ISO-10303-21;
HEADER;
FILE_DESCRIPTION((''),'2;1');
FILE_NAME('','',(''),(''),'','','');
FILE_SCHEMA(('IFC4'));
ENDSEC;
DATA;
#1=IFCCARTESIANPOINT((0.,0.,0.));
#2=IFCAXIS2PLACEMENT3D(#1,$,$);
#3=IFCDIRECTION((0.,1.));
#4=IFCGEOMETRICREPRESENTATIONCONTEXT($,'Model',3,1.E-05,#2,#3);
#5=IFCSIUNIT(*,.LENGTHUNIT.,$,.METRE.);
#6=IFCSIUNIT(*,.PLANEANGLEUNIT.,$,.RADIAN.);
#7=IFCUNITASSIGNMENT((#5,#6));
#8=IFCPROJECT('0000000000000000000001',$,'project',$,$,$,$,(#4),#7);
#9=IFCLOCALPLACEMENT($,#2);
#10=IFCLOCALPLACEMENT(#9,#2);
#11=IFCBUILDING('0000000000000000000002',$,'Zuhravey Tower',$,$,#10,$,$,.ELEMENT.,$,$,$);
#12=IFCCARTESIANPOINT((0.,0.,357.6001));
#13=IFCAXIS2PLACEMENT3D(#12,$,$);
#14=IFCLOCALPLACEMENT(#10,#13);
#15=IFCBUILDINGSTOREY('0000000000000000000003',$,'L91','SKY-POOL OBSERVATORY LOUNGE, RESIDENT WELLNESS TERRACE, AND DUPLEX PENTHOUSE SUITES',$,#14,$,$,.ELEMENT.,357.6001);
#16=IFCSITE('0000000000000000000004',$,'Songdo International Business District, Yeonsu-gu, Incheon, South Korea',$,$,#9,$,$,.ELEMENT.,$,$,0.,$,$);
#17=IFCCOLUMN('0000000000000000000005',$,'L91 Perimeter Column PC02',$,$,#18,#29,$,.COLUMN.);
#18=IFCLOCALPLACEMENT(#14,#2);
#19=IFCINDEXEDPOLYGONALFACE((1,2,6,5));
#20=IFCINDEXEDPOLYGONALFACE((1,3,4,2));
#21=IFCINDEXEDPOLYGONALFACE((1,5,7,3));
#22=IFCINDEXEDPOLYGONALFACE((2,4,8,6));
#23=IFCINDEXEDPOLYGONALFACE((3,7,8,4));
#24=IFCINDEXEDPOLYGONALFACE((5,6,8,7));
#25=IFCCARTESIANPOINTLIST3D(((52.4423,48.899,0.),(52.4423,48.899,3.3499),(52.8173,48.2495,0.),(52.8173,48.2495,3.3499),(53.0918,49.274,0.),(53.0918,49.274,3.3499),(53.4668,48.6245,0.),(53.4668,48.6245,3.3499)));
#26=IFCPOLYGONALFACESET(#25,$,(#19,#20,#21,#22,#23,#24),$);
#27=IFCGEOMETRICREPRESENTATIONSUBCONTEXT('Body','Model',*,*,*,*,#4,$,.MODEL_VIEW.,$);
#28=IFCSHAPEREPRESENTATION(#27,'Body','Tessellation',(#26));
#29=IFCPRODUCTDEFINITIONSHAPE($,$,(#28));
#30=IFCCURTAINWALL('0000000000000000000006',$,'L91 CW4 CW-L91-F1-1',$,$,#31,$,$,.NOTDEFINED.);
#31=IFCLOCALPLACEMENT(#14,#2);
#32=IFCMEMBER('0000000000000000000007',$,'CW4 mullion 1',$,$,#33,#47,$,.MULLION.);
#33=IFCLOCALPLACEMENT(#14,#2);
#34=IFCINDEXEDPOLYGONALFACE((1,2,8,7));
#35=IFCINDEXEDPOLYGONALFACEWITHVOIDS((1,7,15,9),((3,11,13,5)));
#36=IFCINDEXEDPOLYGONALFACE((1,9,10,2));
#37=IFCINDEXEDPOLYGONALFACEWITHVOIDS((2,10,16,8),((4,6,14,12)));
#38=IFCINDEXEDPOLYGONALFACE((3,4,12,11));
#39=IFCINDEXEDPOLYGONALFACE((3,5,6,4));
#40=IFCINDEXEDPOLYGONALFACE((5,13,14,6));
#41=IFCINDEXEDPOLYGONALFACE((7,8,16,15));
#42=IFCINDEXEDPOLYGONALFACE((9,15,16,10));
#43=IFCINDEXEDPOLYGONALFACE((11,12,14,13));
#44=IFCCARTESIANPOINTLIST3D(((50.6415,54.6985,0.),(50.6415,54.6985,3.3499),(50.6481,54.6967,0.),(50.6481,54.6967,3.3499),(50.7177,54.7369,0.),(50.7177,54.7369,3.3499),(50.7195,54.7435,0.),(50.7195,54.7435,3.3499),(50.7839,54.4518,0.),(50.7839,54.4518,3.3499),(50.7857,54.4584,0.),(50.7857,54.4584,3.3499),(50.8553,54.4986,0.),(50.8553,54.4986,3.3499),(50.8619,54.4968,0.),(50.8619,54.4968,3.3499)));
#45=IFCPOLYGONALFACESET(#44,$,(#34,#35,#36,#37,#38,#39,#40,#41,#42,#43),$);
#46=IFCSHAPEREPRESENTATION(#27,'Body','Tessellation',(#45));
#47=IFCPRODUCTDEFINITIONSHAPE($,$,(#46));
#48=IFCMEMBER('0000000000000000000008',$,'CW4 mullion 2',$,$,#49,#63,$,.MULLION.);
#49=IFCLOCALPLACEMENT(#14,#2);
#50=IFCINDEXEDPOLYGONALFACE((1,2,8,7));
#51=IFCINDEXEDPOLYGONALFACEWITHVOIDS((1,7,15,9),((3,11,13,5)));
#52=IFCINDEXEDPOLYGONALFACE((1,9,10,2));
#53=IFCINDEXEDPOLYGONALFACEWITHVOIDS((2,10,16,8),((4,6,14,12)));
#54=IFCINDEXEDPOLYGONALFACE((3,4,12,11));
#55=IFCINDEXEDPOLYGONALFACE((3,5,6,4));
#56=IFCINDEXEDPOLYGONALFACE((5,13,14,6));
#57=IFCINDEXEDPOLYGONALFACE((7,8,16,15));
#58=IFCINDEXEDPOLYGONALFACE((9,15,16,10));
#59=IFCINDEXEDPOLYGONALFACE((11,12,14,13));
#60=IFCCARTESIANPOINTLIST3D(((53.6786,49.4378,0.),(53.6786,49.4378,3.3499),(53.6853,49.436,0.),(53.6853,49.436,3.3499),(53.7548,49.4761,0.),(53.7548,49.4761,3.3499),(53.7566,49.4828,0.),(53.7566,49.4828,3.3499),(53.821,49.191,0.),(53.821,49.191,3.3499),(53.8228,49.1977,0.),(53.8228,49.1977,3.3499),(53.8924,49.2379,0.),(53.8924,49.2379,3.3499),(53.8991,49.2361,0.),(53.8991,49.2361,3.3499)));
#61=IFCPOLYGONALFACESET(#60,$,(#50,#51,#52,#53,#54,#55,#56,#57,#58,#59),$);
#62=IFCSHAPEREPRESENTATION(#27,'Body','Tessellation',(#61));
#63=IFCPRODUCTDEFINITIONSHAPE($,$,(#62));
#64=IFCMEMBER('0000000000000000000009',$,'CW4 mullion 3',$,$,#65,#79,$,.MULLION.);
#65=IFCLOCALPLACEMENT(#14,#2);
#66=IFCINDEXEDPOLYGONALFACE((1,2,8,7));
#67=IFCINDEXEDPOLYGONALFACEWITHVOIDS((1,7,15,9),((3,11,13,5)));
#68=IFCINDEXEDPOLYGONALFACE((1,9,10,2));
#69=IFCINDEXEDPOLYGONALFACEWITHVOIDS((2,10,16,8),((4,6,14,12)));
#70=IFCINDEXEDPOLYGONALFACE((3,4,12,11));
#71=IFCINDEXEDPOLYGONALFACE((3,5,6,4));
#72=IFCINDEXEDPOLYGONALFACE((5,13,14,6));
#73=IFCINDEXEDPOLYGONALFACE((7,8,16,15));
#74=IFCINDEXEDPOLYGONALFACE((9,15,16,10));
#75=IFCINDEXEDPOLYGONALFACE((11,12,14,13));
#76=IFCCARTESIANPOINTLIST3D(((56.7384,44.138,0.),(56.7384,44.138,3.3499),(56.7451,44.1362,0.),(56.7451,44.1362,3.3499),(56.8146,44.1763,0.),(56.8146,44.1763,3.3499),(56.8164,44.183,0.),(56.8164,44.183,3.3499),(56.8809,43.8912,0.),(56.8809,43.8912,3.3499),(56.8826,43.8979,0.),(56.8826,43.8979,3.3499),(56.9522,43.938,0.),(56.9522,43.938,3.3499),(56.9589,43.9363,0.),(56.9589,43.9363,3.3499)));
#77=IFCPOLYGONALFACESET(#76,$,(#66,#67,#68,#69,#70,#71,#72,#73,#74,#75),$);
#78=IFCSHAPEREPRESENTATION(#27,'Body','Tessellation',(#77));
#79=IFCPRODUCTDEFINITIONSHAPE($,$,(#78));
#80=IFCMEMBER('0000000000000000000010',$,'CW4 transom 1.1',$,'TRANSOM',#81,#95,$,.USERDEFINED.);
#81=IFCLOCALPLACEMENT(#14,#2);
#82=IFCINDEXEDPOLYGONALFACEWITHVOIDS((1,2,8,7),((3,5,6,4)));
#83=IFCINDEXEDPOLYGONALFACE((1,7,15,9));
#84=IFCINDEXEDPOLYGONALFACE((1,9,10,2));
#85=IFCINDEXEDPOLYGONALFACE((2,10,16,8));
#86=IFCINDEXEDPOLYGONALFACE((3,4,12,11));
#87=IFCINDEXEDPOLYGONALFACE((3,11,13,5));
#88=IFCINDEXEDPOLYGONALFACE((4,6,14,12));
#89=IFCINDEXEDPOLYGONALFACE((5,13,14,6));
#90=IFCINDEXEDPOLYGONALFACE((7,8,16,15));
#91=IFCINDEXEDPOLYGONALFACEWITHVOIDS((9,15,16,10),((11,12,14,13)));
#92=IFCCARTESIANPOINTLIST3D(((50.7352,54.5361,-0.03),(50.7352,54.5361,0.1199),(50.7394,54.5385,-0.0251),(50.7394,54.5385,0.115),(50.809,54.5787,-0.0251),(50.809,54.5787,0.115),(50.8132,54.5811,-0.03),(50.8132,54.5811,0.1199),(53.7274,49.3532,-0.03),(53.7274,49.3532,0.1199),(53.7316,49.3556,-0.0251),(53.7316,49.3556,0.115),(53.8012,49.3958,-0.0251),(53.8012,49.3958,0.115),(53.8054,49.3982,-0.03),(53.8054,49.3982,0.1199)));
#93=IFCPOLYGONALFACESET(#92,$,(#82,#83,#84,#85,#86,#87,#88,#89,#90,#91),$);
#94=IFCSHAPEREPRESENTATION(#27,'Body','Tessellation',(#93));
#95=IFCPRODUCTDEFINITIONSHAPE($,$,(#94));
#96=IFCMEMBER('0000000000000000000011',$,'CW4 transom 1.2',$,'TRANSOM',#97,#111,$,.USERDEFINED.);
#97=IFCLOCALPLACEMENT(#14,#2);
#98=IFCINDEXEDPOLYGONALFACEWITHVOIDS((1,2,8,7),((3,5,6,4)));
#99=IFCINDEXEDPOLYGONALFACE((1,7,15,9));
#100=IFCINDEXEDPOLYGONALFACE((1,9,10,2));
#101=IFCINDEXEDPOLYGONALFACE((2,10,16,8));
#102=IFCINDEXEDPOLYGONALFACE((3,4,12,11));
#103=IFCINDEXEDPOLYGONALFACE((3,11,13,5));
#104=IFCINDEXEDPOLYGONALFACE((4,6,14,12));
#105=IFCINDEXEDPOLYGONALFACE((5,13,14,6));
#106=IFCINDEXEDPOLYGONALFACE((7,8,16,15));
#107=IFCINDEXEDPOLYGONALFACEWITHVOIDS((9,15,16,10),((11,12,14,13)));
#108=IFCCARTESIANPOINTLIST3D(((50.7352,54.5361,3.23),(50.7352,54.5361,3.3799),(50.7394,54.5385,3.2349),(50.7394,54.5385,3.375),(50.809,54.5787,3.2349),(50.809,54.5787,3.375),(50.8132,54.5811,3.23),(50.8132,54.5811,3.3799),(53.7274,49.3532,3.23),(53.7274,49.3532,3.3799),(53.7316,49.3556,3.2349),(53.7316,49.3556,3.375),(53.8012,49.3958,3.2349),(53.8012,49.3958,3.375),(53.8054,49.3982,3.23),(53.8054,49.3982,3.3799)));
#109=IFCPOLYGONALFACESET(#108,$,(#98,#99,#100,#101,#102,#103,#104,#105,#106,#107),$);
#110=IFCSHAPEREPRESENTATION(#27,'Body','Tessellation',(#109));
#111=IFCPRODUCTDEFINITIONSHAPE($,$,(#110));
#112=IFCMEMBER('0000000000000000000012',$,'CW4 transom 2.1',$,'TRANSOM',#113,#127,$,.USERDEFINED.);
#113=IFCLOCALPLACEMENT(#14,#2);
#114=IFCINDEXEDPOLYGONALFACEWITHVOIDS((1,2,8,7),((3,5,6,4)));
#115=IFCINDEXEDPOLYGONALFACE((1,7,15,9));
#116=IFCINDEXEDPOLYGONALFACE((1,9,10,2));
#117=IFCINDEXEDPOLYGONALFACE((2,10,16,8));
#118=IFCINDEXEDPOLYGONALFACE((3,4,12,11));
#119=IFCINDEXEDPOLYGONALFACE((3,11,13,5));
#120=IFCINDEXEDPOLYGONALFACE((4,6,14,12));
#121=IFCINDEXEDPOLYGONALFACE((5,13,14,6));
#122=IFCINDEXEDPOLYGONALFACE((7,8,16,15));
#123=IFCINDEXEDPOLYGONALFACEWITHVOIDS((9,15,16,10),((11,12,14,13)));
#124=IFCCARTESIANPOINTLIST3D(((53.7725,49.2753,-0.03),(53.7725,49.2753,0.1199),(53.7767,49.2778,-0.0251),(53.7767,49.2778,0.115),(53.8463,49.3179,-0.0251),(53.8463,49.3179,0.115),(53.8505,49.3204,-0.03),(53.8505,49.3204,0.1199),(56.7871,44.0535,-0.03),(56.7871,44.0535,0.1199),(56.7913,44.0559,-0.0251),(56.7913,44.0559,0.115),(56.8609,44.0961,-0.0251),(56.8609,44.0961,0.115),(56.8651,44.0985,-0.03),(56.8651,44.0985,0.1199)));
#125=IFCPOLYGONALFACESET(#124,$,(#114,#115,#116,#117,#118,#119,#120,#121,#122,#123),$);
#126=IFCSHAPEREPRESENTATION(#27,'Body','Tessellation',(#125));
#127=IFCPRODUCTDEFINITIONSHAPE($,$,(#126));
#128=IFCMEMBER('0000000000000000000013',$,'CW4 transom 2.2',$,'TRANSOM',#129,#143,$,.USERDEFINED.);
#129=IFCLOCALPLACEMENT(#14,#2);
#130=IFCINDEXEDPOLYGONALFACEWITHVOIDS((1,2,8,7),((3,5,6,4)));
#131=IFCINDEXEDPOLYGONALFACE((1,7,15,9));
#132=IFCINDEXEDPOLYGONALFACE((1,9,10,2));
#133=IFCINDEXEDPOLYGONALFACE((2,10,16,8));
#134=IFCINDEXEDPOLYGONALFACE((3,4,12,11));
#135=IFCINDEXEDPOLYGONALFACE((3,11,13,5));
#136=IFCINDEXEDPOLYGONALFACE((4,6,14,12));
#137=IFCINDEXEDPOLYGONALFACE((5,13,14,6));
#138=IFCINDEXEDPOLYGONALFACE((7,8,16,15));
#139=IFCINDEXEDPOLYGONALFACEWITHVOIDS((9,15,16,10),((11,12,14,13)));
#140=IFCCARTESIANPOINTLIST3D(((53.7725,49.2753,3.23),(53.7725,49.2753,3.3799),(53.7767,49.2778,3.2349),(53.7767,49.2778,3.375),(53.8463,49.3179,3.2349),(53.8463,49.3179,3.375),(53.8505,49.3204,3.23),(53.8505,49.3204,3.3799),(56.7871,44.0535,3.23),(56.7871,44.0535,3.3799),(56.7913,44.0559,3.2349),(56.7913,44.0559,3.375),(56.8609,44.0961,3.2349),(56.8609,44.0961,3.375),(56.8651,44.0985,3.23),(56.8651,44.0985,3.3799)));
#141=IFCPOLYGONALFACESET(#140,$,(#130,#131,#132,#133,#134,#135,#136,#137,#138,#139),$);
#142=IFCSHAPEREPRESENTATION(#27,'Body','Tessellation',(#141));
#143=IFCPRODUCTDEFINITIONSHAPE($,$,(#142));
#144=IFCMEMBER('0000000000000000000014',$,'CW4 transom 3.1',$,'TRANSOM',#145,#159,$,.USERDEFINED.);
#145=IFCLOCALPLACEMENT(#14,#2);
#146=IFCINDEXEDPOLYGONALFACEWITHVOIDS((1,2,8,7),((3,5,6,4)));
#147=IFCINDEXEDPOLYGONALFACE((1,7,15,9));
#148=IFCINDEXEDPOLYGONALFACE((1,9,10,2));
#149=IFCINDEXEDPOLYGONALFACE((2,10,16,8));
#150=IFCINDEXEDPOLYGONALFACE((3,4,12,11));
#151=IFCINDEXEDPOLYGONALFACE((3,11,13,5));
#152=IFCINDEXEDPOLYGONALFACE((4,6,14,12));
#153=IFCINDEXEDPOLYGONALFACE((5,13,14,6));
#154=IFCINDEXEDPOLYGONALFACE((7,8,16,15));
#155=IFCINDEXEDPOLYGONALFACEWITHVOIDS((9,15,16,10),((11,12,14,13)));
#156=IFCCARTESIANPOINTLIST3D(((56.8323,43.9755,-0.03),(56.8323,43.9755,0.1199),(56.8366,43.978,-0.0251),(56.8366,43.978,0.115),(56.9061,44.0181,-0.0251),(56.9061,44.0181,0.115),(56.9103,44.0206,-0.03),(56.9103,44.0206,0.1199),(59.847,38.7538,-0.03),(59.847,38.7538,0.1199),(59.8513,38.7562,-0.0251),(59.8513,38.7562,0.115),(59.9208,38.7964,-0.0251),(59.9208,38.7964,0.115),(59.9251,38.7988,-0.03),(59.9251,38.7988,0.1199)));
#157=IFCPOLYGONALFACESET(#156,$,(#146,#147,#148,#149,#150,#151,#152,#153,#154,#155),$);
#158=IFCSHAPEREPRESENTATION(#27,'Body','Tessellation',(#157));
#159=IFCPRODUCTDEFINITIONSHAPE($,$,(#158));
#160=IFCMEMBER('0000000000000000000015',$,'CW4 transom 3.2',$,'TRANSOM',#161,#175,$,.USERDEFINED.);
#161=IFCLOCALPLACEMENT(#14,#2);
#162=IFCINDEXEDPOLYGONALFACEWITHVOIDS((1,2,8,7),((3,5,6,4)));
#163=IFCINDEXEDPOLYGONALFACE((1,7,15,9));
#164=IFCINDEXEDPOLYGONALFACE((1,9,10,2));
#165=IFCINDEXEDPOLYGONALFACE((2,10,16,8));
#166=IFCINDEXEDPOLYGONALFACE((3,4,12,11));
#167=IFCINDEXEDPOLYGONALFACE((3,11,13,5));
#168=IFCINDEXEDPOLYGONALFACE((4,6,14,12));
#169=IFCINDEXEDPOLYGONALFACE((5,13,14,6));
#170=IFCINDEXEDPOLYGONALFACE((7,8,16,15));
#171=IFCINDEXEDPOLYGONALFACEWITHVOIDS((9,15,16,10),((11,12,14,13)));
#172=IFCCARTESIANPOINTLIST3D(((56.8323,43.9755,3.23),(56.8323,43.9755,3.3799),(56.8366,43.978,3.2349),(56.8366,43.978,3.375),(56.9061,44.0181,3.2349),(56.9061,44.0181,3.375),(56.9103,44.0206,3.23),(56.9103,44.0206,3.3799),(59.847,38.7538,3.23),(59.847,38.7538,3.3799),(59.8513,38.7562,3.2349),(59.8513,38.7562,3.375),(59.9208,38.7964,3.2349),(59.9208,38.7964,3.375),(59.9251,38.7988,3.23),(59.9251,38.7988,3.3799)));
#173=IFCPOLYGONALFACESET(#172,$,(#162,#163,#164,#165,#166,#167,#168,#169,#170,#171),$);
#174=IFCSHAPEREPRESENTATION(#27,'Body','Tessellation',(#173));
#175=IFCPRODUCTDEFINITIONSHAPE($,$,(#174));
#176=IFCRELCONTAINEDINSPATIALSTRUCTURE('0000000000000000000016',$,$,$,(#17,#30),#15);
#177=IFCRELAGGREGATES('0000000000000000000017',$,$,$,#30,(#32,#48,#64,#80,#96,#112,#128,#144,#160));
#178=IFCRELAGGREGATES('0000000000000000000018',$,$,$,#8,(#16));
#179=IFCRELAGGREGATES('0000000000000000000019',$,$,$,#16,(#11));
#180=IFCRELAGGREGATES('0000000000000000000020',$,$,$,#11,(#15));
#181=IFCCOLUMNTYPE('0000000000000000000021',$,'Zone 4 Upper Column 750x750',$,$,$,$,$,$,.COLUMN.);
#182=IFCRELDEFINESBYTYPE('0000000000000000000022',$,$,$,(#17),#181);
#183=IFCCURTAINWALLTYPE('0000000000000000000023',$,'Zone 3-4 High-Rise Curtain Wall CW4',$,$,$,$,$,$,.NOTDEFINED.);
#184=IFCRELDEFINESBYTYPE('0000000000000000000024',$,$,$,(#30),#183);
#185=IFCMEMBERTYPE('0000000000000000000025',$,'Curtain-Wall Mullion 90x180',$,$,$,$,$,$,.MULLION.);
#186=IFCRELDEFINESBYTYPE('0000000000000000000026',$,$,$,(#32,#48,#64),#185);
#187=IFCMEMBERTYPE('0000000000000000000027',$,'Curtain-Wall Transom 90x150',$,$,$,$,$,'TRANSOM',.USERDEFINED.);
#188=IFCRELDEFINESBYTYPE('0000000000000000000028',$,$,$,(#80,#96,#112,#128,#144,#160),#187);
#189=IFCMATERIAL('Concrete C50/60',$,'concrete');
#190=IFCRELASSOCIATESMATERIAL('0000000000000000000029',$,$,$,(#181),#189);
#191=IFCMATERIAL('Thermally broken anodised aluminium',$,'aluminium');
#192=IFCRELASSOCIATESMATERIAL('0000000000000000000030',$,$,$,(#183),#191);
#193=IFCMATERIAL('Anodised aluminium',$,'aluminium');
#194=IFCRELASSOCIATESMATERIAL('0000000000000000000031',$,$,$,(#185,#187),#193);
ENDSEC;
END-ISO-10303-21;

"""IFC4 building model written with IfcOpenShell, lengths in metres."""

from ifc_helpers import new_model, si_unit, direction, frame, origin, origin_2d, place, context, subcontext, project, spatial, rectangle, hollow_rectangle, extrude, material, material_profile, profile_set, type_object, element, aggregate, save


model = new_model("IFC4")

# Units and contexts
model_context = context("Model", 3, precision=1e-05, world=origin(), true_north=direction((0.0, 1.0)))
body_context = subcontext(model_context, "Body", "Model", "MODEL_VIEW")
ifc_project = project(units=[si_unit("LENGTHUNIT", "METRE"), si_unit("PLANEANGLEUNIT", "RADIAN")], contexts=[model_context])

# Site, building, storey
site_placement = place(None, origin())
site = spatial("IfcSite", under=ifc_project, at=site_placement, Name="Songdo International Business District, Yeonsu-gu, Incheon, South Korea", CompositionType="ELEMENT", RefElevation=0.0)
building_placement = place(site_placement, origin())
building = spatial("IfcBuilding", under=site, at=building_placement, Name="Zuhravey Tower", CompositionType="ELEMENT")
storey_placement = place(building_placement, frame((0.0, 0.0, 357.6001)))
storey = spatial("IfcBuildingStorey", under=building, at=storey_placement, Name="L91", Description="SKY-POOL OBSERVATORY LOUNGE, RESIDENT WELLNESS TERRACE, AND DUPLEX PENTHOUSE SUITES", CompositionType="ELEMENT", Elevation=357.6001)

# Column
ifc_material_1 = material(Name="Concrete C50/60", Category="concrete")
ifc_material_profile_1 = material_profile(ifc_material_1, rectangle(XDim=0.75, YDim=0.75, at=origin_2d()), Name="RC-750x750")
ifc_profile_set_1 = profile_set([ifc_material_profile_1], Name="Concrete C50/60")
column_type = type_object("IfcColumnType", Name="Zone 4 Upper Column 750x750", PredefinedType="COLUMN", material=ifc_profile_set_1)
column_placement = place(storey_placement, frame((52.9546, 48.7617, 0.0), z_axis=(0.0, 0.0, 1.0), x_axis=(-0.5, 0.866025, 0.0)))
element("IfcColumn", 1, at=column_placement, inside=storey, type_object=column_type, Name="L91 Perimeter Column PC02", PredefinedType="COLUMN", context=body_context, shape_type="SweptSolid", body=[
    extrude(rectangle(XDim=0.75, YDim=0.75, at=origin_2d()), origin(), (0.0, 0.0, 1.0), 3.3499),
])

# Curtain wall, members
ifc_material_2 = material(Name="Thermally broken anodised aluminium", Category="aluminium")
curtain_wall_type = type_object("IfcCurtainWallType", Name="Zone 3-4 High-Rise Curtain Wall CW4", PredefinedType="NOTDEFINED", material=ifc_material_2)
curtain_wall_placement = place(storey_placement, origin())
curtain_wall = element("IfcCurtainWall", 2, at=curtain_wall_placement, inside=storey, type_object=curtain_wall_type, Name="L91 CW4 CW-L91-F1-1", PredefinedType="NOTDEFINED")
ifc_material_3 = material(Name="Anodised aluminium", Category="aluminium")
ifc_material_profile_2 = material_profile(ifc_material_3, hollow_rectangle(XDim=0.0901, YDim=0.2849, WallThickness=0.0049, at=origin_2d()), Name="ALU-RHS-90x285x5")
ifc_profile_set_2 = profile_set([ifc_material_profile_2], Name="Anodised aluminium")
member_type_1 = type_object("IfcMemberType", Name="Curtain-Wall Mullion 90x180", PredefinedType="MULLION", material=ifc_profile_set_2)
member_1_placement = place(storey_placement, frame((50.7517, 54.5977, 0.0), z_axis=(0.0, 0.0, 1.0), x_axis=(0.866026, 0.5, 0.0)))
member_1 = element("IfcMember", 3, at=member_1_placement, type_object=member_type_1, Name="CW4 mullion 1", PredefinedType="MULLION", context=body_context, shape_type="SweptSolid", body=[
    extrude(hollow_rectangle(XDim=0.0901, YDim=0.2849, WallThickness=0.0049, at=origin_2d()), origin(), (0.0, 0.0, 1.0), 3.3499),
])
member_2_placement = place(storey_placement, frame((53.7888, 49.3369, 0.0), z_axis=(0.0, 0.0, 1.0), x_axis=(0.866026, 0.5, 0.0)))
member_2 = element("IfcMember", 4, at=member_2_placement, type_object=member_type_1, Name="CW4 mullion 2", PredefinedType="MULLION", context=body_context, shape_type="SweptSolid", body=[
    extrude(hollow_rectangle(XDim=0.0901, YDim=0.2849, WallThickness=0.0049, at=origin_2d()), origin(), (0.0, 0.0, 1.0), 3.3499),
])
member_3_placement = place(storey_placement, frame((56.8486, 44.0371, 0.0), z_axis=(0.0, 0.0, 1.0), x_axis=(0.866026, 0.5, 0.0)))
member_3 = element("IfcMember", 5, at=member_3_placement, type_object=member_type_1, Name="CW4 mullion 3", PredefinedType="MULLION", context=body_context, shape_type="SweptSolid", body=[
    extrude(hollow_rectangle(XDim=0.0901, YDim=0.2849, WallThickness=0.0049, at=origin_2d()), origin(), (0.0, 0.0, 1.0), 3.3499),
])
ifc_material_profile_3 = material_profile(ifc_material_3, hollow_rectangle(XDim=0.0901, YDim=0.1499, WallThickness=0.0049, at=origin_2d()), Name="ALU-RHS-90x150x5")
ifc_profile_set_3 = profile_set([ifc_material_profile_3], Name="Anodised aluminium")
member_type_2 = type_object("IfcMemberType", Name="Curtain-Wall Transom 90x150", ElementType="TRANSOM", PredefinedType="USERDEFINED", material=ifc_profile_set_3)
member_4_placement = place(storey_placement, frame((50.7742, 54.5586, 0.0449), z_axis=(0.499983, -0.866035, 0.0), x_axis=(0.866035, 0.499983, 0.0)))
member_4 = element("IfcMember", 6, at=member_4_placement, type_object=member_type_2, Name="CW4 transom 1.1", ObjectType="TRANSOM", PredefinedType="USERDEFINED", context=body_context, shape_type="SweptSolid", body=[
    extrude(hollow_rectangle(XDim=0.0901, YDim=0.1499, WallThickness=0.0049, at=origin_2d()), origin(), (0.0, 0.0, 1.0), 5.9846),
])
member_5_placement = place(storey_placement, frame((50.7742, 54.5586, 3.3049), z_axis=(0.499983, -0.866035, 0.0), x_axis=(0.866035, 0.499983, 0.0)))
member_5 = element("IfcMember", 7, at=member_5_placement, type_object=member_type_2, Name="CW4 transom 1.2", ObjectType="TRANSOM", PredefinedType="USERDEFINED", context=body_context, shape_type="SweptSolid", body=[
    extrude(hollow_rectangle(XDim=0.0901, YDim=0.1499, WallThickness=0.0049, at=origin_2d()), origin(), (0.0, 0.0, 1.0), 5.9846),
])
member_6_placement = place(storey_placement, frame((53.8115, 49.2979, 0.0449), z_axis=(0.499971, -0.866042, 0.0), x_axis=(0.866042, 0.499971, 0.0)))
member_6 = element("IfcMember", 8, at=member_6_placement, type_object=member_type_2, Name="CW4 transom 2.1", ObjectType="TRANSOM", PredefinedType="USERDEFINED", context=body_context, shape_type="SweptSolid", body=[
    extrude(hollow_rectangle(XDim=0.0901, YDim=0.1499, WallThickness=0.0049, at=origin_2d()), origin(), (0.0, 0.0, 1.0), 6.0295),
])
member_7_placement = place(storey_placement, frame((53.8115, 49.2979, 3.3049), z_axis=(0.499971, -0.866042, 0.0), x_axis=(0.866042, 0.499971, 0.0)))
member_7 = element("IfcMember", 9, at=member_7_placement, type_object=member_type_2, Name="CW4 transom 2.2", ObjectType="TRANSOM", PredefinedType="USERDEFINED", context=body_context, shape_type="SweptSolid", body=[
    extrude(hollow_rectangle(XDim=0.0901, YDim=0.1499, WallThickness=0.0049, at=origin_2d()), origin(), (0.0, 0.0, 1.0), 6.0295),
])
member_8_placement = place(storey_placement, frame((56.8713, 43.998, 0.0449), z_axis=(0.499989, -0.866032, 0.0), x_axis=(0.866032, 0.499989, 0.0)))
member_8 = element("IfcMember", 10, at=member_8_placement, type_object=member_type_2, Name="CW4 transom 3.1", ObjectType="TRANSOM", PredefinedType="USERDEFINED", context=body_context, shape_type="SweptSolid", body=[
    extrude(hollow_rectangle(XDim=0.0901, YDim=0.1499, WallThickness=0.0049, at=origin_2d()), origin(), (0.0, 0.0, 1.0), 6.0295),
])
member_9_placement = place(storey_placement, frame((56.8713, 43.998, 3.3049), z_axis=(0.499989, -0.866032, 0.0), x_axis=(0.866032, 0.499989, 0.0)))
member_9 = element("IfcMember", 11, at=member_9_placement, type_object=member_type_2, Name="CW4 transom 3.2", ObjectType="TRANSOM", PredefinedType="USERDEFINED", context=body_context, shape_type="SweptSolid", body=[
    extrude(hollow_rectangle(XDim=0.0901, YDim=0.1499, WallThickness=0.0049, at=origin_2d()), origin(), (0.0, 0.0, 1.0), 6.0295),
])

aggregate(curtain_wall, [member_1, member_2, member_3, member_4, member_5, member_6, member_7, member_8, member_9])

save(model, "model.ifc")
